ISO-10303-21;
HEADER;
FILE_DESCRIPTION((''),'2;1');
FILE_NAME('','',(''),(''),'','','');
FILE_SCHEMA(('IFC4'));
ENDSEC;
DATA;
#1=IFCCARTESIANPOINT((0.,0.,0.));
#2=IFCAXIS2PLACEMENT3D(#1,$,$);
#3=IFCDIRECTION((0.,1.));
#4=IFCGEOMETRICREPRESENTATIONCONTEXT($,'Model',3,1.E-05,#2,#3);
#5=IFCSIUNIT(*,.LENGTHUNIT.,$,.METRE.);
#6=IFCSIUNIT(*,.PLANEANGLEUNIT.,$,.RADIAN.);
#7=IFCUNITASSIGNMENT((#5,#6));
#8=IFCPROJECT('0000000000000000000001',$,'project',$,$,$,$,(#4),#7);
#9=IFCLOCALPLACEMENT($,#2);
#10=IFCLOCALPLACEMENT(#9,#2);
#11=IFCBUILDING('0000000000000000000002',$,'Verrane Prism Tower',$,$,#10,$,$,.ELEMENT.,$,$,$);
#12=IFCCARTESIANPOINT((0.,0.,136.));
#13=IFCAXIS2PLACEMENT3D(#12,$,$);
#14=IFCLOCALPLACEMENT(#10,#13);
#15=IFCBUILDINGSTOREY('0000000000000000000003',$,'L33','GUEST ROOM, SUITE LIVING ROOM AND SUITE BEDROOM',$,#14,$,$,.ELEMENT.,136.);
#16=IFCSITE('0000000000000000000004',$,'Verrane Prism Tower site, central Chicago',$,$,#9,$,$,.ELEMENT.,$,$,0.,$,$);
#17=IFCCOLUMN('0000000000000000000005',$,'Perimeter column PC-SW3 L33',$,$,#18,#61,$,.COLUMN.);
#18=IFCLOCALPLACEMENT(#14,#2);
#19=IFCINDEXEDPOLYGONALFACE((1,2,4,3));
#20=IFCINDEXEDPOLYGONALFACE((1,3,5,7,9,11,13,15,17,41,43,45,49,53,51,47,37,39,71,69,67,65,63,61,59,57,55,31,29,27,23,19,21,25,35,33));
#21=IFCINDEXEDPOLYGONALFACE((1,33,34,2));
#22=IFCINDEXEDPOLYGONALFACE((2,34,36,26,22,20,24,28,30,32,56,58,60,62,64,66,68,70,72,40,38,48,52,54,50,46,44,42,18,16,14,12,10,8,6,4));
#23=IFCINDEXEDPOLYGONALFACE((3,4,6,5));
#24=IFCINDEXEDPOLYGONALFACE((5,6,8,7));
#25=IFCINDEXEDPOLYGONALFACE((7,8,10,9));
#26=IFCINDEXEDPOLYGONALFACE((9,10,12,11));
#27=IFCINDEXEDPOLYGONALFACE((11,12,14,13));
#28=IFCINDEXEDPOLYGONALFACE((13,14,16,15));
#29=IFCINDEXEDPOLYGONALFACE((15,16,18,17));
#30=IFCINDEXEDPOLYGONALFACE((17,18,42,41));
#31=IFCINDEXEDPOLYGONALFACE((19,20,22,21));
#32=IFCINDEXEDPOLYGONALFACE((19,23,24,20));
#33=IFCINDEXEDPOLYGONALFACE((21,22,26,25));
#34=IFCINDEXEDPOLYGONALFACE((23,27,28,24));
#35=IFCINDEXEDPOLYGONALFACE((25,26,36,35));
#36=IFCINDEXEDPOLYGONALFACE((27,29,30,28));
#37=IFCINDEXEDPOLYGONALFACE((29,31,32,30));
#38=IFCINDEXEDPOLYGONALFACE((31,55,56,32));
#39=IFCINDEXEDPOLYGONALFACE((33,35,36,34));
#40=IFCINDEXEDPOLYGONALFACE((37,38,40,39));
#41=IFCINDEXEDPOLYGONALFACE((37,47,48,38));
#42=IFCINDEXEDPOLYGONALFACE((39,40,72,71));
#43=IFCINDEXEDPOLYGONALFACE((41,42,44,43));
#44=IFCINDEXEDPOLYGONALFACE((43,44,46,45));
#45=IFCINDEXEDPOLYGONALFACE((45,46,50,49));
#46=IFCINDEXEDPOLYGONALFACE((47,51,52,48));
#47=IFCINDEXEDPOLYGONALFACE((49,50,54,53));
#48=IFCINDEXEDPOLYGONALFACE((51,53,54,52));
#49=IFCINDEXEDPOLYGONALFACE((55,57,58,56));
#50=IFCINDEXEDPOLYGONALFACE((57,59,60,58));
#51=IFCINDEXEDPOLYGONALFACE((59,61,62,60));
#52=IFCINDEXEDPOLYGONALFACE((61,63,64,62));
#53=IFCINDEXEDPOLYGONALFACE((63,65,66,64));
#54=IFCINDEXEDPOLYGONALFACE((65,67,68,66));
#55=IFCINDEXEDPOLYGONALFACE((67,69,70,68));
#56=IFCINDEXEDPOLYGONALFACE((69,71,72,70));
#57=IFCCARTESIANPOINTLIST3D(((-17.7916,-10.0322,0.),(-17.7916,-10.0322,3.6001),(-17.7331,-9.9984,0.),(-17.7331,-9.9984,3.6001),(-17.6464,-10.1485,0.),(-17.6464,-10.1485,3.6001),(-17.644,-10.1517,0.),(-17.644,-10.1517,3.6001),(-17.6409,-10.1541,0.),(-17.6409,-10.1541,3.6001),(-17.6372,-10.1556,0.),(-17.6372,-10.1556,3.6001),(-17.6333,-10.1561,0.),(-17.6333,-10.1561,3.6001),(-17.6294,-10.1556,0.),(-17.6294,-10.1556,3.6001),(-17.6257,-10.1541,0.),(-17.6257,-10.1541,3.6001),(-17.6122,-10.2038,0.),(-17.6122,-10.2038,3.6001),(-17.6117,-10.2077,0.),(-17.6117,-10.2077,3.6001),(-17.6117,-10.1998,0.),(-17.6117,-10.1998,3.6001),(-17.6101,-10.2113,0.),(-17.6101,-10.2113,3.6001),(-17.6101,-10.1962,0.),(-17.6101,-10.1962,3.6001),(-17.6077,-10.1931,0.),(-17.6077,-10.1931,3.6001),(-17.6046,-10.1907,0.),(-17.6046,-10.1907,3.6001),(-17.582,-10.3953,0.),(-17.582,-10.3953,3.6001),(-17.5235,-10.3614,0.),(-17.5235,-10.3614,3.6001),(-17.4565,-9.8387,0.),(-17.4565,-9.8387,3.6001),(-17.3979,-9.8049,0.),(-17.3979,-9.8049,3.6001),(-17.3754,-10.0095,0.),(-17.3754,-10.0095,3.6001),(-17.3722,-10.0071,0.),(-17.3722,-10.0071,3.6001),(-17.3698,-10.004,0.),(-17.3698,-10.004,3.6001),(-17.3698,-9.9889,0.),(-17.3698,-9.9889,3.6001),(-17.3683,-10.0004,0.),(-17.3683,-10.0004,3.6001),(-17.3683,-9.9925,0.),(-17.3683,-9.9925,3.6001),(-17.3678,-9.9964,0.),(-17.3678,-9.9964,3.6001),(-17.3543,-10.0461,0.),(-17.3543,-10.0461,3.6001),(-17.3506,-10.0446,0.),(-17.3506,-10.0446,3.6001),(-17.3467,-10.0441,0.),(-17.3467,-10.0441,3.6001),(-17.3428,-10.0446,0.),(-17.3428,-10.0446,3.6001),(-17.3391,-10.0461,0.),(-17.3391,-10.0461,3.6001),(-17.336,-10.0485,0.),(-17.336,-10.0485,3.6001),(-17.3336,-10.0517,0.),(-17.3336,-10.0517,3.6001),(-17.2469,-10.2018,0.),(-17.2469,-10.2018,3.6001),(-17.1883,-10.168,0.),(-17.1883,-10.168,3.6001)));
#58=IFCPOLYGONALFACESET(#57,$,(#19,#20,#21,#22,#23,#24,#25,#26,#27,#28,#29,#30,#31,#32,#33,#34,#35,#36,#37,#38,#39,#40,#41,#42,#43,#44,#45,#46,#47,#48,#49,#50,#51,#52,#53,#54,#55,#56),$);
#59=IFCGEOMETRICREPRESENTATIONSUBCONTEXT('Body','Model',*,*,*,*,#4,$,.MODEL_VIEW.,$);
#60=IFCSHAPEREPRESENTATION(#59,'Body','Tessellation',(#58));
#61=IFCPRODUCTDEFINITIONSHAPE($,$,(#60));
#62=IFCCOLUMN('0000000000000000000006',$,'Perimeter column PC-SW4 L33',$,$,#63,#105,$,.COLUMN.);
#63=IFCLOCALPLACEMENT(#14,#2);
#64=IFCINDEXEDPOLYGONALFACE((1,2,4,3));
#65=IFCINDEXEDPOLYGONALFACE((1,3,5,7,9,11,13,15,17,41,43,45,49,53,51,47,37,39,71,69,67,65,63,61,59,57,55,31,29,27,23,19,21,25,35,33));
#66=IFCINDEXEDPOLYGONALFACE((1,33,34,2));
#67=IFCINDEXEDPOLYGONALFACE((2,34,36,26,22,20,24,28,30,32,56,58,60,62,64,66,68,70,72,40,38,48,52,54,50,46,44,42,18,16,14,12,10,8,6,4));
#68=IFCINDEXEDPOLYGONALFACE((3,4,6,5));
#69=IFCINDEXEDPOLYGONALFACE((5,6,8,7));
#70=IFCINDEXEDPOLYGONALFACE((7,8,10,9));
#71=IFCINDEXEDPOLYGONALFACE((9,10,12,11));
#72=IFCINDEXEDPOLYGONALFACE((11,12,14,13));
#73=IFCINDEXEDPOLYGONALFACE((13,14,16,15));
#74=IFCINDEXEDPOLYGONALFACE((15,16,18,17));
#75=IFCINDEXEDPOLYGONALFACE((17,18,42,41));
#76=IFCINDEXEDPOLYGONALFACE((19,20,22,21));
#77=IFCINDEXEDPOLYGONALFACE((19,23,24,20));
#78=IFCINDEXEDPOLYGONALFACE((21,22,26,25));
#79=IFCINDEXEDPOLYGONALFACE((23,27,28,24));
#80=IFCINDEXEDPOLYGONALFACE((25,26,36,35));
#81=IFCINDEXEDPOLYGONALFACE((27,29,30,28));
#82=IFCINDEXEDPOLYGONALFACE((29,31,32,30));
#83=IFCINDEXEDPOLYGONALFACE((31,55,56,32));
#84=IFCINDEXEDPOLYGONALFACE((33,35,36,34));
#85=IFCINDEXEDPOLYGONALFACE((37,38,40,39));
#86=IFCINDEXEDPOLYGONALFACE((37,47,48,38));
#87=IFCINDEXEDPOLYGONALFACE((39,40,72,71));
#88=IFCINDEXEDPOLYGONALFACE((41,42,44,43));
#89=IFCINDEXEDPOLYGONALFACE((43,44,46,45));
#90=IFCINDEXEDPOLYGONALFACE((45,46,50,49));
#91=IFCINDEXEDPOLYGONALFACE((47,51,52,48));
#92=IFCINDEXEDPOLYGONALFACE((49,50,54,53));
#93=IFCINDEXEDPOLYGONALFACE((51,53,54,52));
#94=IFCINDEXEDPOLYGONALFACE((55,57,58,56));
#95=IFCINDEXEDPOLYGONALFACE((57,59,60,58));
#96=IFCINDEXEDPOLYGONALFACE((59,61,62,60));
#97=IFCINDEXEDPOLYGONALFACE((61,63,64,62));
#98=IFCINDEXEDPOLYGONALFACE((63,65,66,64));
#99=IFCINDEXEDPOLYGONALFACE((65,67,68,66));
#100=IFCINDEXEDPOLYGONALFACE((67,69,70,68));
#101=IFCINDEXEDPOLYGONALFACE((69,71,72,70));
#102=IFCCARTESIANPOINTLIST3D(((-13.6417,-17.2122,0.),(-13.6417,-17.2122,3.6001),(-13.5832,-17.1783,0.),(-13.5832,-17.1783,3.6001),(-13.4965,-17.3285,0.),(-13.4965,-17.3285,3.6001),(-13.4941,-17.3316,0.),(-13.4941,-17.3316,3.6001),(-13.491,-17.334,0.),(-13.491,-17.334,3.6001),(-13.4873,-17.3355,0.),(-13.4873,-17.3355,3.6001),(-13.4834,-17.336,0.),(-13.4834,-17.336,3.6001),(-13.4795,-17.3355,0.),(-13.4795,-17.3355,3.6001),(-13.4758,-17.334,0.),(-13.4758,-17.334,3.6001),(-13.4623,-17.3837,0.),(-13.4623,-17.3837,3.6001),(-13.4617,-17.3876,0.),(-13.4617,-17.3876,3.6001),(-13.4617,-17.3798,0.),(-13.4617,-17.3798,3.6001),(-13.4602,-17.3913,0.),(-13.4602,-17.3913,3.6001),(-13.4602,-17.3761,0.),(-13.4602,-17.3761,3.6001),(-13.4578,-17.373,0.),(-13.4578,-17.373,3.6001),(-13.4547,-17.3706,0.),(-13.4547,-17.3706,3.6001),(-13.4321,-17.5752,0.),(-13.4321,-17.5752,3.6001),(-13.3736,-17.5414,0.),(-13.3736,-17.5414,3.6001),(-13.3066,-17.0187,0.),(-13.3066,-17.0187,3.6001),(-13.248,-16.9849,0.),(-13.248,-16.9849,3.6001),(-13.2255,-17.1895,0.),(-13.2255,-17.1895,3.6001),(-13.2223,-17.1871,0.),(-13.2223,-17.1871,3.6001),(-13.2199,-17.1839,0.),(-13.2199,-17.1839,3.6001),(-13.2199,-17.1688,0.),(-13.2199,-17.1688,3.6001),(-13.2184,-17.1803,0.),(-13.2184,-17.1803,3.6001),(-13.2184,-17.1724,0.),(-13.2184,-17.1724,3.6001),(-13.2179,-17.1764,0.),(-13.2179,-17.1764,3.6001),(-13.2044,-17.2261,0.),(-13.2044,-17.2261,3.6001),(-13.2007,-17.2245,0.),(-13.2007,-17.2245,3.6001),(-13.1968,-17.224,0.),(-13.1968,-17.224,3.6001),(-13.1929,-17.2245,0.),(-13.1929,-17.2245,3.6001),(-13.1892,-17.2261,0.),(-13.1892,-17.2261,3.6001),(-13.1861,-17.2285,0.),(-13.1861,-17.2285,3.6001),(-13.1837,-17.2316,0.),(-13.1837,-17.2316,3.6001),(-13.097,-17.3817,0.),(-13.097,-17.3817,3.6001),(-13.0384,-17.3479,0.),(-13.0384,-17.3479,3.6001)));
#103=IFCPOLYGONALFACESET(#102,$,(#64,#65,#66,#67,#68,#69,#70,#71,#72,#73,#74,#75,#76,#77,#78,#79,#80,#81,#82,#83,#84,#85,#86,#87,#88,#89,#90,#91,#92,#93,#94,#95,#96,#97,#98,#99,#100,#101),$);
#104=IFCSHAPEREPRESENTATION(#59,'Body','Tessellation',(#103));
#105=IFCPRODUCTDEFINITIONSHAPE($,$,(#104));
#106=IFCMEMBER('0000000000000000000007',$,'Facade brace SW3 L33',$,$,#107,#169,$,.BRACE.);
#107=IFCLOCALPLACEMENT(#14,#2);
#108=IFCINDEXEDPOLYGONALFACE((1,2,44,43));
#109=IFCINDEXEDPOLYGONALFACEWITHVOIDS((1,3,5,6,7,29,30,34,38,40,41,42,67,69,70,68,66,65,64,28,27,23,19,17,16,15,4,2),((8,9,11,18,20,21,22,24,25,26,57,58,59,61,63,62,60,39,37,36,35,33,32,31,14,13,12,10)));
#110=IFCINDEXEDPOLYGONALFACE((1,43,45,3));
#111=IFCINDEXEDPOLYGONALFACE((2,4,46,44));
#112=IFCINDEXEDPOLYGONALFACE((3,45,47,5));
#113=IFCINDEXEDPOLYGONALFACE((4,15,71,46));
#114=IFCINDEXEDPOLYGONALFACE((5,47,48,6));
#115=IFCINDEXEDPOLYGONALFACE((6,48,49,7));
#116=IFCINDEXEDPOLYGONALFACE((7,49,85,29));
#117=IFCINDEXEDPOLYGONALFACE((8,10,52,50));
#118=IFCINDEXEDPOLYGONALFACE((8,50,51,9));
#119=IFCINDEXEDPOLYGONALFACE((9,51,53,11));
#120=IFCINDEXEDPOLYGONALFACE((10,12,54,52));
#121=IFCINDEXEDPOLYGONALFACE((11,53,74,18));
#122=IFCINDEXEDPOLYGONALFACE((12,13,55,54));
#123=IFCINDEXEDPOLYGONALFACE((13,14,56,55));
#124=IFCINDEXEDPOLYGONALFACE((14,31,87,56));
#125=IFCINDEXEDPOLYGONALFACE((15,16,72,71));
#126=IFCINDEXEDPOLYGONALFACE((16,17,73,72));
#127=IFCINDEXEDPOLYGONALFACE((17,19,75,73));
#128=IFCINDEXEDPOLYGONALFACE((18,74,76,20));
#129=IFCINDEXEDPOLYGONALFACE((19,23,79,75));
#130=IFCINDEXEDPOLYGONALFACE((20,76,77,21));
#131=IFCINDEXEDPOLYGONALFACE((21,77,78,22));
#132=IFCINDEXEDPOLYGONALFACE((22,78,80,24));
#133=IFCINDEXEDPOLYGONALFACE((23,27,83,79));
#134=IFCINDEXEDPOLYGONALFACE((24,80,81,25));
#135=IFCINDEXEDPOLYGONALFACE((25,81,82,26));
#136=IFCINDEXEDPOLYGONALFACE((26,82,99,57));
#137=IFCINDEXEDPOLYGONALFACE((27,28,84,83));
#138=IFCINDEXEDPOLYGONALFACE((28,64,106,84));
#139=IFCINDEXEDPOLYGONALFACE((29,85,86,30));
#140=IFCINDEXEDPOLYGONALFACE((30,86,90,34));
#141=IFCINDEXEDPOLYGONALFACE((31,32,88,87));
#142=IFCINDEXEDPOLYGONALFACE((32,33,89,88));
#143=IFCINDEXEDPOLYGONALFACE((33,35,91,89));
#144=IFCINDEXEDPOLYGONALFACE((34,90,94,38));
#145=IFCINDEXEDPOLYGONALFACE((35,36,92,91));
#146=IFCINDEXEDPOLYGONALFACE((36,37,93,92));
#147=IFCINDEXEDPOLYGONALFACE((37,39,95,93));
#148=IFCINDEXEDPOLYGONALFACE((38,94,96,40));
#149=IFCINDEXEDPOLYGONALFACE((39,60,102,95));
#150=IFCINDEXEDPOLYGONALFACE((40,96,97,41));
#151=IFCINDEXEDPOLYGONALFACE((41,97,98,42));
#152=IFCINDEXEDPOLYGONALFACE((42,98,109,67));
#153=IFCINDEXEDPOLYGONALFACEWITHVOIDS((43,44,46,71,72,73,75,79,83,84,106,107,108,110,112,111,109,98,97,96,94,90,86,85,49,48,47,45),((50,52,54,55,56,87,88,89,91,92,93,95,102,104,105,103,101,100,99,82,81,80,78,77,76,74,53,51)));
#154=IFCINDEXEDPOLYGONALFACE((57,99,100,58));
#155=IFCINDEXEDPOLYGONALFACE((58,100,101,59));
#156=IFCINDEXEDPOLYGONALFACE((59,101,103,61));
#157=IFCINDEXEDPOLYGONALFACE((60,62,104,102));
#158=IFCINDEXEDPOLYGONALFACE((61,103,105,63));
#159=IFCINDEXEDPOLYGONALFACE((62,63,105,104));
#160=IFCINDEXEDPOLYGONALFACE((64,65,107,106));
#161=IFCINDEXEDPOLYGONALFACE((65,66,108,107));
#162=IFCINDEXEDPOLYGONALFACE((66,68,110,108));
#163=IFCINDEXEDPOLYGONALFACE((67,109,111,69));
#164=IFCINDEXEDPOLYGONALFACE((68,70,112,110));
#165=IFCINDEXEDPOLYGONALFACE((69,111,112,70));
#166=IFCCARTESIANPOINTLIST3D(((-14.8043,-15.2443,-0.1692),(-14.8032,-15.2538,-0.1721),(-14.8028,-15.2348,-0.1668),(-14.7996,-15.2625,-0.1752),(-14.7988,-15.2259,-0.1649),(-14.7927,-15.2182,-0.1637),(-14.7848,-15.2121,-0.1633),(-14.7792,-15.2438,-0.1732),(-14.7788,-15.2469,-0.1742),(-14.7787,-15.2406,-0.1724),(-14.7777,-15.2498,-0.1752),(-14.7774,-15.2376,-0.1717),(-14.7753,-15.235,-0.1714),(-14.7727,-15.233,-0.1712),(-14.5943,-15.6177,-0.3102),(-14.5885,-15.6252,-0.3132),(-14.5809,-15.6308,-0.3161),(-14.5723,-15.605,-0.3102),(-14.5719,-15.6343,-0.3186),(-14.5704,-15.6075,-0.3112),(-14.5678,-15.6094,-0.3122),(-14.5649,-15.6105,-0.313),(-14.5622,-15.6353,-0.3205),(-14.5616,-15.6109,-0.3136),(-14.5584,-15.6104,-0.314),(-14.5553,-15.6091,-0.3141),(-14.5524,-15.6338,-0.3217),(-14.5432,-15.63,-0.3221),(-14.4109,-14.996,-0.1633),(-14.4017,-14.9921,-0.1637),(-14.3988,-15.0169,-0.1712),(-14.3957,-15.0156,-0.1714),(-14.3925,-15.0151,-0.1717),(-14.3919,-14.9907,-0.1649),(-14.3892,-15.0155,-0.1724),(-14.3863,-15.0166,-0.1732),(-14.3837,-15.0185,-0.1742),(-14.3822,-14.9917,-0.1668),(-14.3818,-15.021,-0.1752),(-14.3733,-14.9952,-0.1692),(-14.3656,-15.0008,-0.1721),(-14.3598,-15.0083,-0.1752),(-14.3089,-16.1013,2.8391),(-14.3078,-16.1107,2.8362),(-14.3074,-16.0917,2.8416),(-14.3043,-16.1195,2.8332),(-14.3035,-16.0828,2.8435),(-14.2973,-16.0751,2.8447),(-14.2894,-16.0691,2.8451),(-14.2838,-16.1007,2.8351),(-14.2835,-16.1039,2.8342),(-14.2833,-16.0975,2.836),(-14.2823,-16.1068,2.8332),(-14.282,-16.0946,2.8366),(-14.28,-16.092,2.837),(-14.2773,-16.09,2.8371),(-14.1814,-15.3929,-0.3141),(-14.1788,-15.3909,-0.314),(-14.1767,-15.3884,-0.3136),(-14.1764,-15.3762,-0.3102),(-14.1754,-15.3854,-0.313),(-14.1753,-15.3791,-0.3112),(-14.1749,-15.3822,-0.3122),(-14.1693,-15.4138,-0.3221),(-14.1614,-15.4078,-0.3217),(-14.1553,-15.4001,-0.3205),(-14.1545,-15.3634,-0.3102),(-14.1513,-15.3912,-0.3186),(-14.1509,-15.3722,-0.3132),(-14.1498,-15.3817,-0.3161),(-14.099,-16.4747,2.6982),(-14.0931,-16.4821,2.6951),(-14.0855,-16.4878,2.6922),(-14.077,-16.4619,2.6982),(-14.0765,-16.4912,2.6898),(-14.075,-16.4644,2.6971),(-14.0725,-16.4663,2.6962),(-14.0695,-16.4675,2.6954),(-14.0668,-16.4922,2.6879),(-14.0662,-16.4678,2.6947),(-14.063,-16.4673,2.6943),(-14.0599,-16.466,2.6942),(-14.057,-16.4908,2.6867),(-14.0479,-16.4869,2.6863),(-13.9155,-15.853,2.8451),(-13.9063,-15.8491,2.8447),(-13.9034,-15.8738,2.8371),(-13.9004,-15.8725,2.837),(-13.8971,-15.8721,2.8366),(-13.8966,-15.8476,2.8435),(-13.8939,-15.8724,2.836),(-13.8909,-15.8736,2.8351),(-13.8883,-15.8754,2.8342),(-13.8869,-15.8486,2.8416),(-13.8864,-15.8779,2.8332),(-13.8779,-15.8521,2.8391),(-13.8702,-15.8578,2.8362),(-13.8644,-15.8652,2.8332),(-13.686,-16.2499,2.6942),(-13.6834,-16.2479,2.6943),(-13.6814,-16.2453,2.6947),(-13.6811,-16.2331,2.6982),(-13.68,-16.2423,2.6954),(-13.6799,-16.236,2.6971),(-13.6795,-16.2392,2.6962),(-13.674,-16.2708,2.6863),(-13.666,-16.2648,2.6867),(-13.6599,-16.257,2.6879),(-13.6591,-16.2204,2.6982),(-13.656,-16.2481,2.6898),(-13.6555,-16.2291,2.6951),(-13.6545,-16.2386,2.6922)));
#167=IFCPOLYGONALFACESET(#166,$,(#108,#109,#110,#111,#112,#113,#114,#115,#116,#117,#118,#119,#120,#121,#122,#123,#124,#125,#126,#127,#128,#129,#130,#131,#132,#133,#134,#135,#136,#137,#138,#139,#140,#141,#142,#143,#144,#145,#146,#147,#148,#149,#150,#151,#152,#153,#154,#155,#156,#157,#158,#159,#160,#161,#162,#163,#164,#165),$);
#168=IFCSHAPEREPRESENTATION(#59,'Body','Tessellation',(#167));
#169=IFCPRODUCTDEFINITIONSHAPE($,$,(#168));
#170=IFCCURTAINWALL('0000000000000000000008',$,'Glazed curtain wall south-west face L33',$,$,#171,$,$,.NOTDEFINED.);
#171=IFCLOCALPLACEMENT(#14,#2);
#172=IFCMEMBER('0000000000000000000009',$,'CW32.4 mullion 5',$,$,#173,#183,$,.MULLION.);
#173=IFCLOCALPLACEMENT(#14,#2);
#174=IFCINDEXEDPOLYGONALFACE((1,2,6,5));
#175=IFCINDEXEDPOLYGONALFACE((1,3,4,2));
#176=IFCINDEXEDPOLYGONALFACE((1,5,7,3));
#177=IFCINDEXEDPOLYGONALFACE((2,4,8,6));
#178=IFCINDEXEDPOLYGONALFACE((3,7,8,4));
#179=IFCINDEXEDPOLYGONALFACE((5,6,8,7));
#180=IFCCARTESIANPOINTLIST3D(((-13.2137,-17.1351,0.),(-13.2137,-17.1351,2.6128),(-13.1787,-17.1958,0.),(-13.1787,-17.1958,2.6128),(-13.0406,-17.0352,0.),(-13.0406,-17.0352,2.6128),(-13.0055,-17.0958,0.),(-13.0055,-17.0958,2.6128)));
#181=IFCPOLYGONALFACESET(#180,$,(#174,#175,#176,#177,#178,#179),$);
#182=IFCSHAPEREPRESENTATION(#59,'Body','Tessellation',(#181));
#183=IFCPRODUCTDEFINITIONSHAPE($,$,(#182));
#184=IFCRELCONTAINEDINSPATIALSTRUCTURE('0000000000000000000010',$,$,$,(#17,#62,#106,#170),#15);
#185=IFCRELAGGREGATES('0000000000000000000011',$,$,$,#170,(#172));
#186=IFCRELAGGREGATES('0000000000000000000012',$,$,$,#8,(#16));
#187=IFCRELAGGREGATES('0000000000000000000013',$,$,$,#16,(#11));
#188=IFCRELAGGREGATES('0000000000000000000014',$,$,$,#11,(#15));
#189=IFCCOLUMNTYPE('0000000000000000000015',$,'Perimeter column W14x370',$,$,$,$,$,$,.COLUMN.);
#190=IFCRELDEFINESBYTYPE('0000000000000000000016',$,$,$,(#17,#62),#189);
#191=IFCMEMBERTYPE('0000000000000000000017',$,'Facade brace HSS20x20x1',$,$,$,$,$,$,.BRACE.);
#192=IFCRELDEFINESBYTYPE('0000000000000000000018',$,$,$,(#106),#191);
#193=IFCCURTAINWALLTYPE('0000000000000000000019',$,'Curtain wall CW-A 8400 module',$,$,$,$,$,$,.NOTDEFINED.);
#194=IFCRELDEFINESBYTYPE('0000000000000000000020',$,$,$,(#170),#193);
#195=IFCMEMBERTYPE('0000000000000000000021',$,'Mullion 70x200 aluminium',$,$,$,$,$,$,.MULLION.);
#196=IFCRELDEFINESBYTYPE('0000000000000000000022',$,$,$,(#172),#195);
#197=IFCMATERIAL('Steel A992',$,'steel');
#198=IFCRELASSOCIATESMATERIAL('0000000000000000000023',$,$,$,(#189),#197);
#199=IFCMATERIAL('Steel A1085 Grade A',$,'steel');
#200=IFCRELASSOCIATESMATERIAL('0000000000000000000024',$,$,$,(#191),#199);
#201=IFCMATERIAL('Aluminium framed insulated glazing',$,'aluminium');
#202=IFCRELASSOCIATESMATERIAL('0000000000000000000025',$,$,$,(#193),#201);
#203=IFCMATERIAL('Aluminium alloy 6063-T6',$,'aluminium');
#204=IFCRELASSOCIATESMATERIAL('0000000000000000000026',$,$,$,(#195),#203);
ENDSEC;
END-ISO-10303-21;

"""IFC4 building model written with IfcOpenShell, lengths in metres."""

from ifc_helpers import new_model, si_unit, direction, frame, origin, origin_2d, place, context, subcontext, project, spatial, rectangle, hollow_rectangle, i_section, extrude, material, material_profile, profile_set, type_object, element, aggregate, save


model = new_model("IFC4")

# Units and contexts
model_context = context("Model", 3, precision=1e-05, world=origin(), true_north=direction((0.0, 1.0)))
body_context = subcontext(model_context, "Body", "Model", "MODEL_VIEW")
ifc_project = project(units=[si_unit("LENGTHUNIT", "METRE"), si_unit("PLANEANGLEUNIT", "RADIAN")], contexts=[model_context])

# Site, building, storey
site_placement = place(None, origin())
site = spatial("IfcSite", under=ifc_project, at=site_placement, Name="Verrane Prism Tower site, central Chicago", CompositionType="ELEMENT", RefElevation=0.0)
building_placement = place(site_placement, origin())
building = spatial("IfcBuilding", under=site, at=building_placement, Name="Verrane Prism Tower", CompositionType="ELEMENT")
storey_placement = place(building_placement, frame((0.0, 0.0, 136.0)))
storey = spatial("IfcBuildingStorey", under=building, at=storey_placement, Name="L33", Description="GUEST ROOM, SUITE LIVING ROOM AND SUITE BEDROOM", CompositionType="ELEMENT", Elevation=136.0)

# Columns
ifc_material_1 = material(Name="Steel A992", Category="steel")
ifc_material_profile_1 = material_profile(ifc_material_1, i_section(OverallWidth=0.4192, OverallDepth=0.4546, WebThickness=0.0422, FlangeThickness=0.0676, FilletRadius=0.0151, at=origin_2d()), Name="W14x370")
ifc_profile_set_1 = profile_set([ifc_material_profile_1], Name="Steel A992")
column_type = type_object("IfcColumnType", Name="Perimeter column W14x370", PredefinedType="COLUMN", material=ifc_profile_set_1)
for number, where, z_axis, x_axis, name in (
    (1, (-17.49, -10.1001, 0.0), (0.0, 0.0, 1.0), (-0.5, 0.866025, 0.0), "Perimeter column PC-SW3 L33"),
    (2, (-13.3401, -17.28, 0.0), (0.0, 0.0, 1.0), (-0.5, 0.866025, 0.0), "Perimeter column PC-SW4 L33"),
):
    element("IfcColumn", number, at=place(storey_placement, frame(where, z_axis=z_axis, x_axis=x_axis)), inside=storey, type_object=column_type, Name=name, PredefinedType="COLUMN", context=body_context, shape_type="SweptSolid", body=[
        extrude(i_section(OverallWidth=0.4192, OverallDepth=0.4546, WebThickness=0.0422, FlangeThickness=0.0676, FilletRadius=0.0151, at=origin_2d()), origin(), (0.0, 0.0, 1.0), 3.6001),
    ])

# Member
ifc_material_2 = material(Name="Steel A1085 Grade A", Category="steel")
ifc_material_profile_2 = material_profile(ifc_material_2, hollow_rectangle(XDim=0.5081, YDim=0.5081, WallThickness=0.0254, InnerFilletRadius=0.0127, OuterFilletRadius=0.0381, at=origin_2d()), Name="HSS20x20x1")
ifc_profile_set_2 = profile_set([ifc_material_profile_2], Name="Steel A1085 Grade A")
member_type_1 = type_object("IfcMemberType", Name="Facade brace HSS20x20x1", PredefinedType="BRACE", material=ifc_profile_set_2)
member_1_placement = place(storey_placement, frame((-14.4771, -15.313, -0.2427), z_axis=(0.156416, -0.270586, 0.949904), x_axis=(0.865758, 0.500463, 0.0)))
element("IfcMember", 3, at=member_1_placement, inside=storey, type_object=member_type_1, Name="Facade brace SW3 L33", PredefinedType="BRACE", context=body_context, shape_type="SweptSolid", body=[
    extrude(hollow_rectangle(XDim=0.5081, YDim=0.5081, WallThickness=0.0254, InnerFilletRadius=0.0127, OuterFilletRadius=0.0381, at=origin_2d()), origin(), (0.0, 0.0, 1.0), 3.167),
])

# Curtain wall, member
ifc_material_3 = material(Name="Aluminium framed insulated glazing", Category="aluminium")
curtain_wall_type = type_object("IfcCurtainWallType", Name="Curtain wall CW-A 8400 module", PredefinedType="NOTDEFINED", material=ifc_material_3)
curtain_wall_placement = place(storey_placement, origin())
curtain_wall = element("IfcCurtainWall", 4, at=curtain_wall_placement, inside=storey, type_object=curtain_wall_type, Name="Glazed curtain wall south-west face L33", PredefinedType="NOTDEFINED")
ifc_material_4 = material(Name="Aluminium alloy 6063-T6", Category="aluminium")
ifc_material_profile_3 = material_profile(ifc_material_4, rectangle(XDim=0.2, YDim=0.0701, at=origin_2d()), Name="Mullion 70x200 aluminium")
ifc_profile_set_3 = profile_set([ifc_material_profile_3], Name="Aluminium alloy 6063-T6")
member_type_2 = type_object("IfcMemberType", Name="Mullion 70x200 aluminium", PredefinedType="MULLION", material=ifc_profile_set_3)
member_2_placement = place(storey_placement, frame((-13.1096, -17.1155, 0.0), z_axis=(0.0, 0.0, 1.0), x_axis=(0.866025, 0.5, 0.0)))
member_2 = element("IfcMember", 5, at=member_2_placement, type_object=member_type_2, Name="CW32.4 mullion 5", PredefinedType="MULLION", context=body_context, shape_type="SweptSolid", body=[
    extrude(rectangle(XDim=0.2, YDim=0.0701, at=origin_2d()), origin(), (0.0, 0.0, 1.0), 2.6128),
])

aggregate(curtain_wall, [member_2])

save(model, "model.ifc")
